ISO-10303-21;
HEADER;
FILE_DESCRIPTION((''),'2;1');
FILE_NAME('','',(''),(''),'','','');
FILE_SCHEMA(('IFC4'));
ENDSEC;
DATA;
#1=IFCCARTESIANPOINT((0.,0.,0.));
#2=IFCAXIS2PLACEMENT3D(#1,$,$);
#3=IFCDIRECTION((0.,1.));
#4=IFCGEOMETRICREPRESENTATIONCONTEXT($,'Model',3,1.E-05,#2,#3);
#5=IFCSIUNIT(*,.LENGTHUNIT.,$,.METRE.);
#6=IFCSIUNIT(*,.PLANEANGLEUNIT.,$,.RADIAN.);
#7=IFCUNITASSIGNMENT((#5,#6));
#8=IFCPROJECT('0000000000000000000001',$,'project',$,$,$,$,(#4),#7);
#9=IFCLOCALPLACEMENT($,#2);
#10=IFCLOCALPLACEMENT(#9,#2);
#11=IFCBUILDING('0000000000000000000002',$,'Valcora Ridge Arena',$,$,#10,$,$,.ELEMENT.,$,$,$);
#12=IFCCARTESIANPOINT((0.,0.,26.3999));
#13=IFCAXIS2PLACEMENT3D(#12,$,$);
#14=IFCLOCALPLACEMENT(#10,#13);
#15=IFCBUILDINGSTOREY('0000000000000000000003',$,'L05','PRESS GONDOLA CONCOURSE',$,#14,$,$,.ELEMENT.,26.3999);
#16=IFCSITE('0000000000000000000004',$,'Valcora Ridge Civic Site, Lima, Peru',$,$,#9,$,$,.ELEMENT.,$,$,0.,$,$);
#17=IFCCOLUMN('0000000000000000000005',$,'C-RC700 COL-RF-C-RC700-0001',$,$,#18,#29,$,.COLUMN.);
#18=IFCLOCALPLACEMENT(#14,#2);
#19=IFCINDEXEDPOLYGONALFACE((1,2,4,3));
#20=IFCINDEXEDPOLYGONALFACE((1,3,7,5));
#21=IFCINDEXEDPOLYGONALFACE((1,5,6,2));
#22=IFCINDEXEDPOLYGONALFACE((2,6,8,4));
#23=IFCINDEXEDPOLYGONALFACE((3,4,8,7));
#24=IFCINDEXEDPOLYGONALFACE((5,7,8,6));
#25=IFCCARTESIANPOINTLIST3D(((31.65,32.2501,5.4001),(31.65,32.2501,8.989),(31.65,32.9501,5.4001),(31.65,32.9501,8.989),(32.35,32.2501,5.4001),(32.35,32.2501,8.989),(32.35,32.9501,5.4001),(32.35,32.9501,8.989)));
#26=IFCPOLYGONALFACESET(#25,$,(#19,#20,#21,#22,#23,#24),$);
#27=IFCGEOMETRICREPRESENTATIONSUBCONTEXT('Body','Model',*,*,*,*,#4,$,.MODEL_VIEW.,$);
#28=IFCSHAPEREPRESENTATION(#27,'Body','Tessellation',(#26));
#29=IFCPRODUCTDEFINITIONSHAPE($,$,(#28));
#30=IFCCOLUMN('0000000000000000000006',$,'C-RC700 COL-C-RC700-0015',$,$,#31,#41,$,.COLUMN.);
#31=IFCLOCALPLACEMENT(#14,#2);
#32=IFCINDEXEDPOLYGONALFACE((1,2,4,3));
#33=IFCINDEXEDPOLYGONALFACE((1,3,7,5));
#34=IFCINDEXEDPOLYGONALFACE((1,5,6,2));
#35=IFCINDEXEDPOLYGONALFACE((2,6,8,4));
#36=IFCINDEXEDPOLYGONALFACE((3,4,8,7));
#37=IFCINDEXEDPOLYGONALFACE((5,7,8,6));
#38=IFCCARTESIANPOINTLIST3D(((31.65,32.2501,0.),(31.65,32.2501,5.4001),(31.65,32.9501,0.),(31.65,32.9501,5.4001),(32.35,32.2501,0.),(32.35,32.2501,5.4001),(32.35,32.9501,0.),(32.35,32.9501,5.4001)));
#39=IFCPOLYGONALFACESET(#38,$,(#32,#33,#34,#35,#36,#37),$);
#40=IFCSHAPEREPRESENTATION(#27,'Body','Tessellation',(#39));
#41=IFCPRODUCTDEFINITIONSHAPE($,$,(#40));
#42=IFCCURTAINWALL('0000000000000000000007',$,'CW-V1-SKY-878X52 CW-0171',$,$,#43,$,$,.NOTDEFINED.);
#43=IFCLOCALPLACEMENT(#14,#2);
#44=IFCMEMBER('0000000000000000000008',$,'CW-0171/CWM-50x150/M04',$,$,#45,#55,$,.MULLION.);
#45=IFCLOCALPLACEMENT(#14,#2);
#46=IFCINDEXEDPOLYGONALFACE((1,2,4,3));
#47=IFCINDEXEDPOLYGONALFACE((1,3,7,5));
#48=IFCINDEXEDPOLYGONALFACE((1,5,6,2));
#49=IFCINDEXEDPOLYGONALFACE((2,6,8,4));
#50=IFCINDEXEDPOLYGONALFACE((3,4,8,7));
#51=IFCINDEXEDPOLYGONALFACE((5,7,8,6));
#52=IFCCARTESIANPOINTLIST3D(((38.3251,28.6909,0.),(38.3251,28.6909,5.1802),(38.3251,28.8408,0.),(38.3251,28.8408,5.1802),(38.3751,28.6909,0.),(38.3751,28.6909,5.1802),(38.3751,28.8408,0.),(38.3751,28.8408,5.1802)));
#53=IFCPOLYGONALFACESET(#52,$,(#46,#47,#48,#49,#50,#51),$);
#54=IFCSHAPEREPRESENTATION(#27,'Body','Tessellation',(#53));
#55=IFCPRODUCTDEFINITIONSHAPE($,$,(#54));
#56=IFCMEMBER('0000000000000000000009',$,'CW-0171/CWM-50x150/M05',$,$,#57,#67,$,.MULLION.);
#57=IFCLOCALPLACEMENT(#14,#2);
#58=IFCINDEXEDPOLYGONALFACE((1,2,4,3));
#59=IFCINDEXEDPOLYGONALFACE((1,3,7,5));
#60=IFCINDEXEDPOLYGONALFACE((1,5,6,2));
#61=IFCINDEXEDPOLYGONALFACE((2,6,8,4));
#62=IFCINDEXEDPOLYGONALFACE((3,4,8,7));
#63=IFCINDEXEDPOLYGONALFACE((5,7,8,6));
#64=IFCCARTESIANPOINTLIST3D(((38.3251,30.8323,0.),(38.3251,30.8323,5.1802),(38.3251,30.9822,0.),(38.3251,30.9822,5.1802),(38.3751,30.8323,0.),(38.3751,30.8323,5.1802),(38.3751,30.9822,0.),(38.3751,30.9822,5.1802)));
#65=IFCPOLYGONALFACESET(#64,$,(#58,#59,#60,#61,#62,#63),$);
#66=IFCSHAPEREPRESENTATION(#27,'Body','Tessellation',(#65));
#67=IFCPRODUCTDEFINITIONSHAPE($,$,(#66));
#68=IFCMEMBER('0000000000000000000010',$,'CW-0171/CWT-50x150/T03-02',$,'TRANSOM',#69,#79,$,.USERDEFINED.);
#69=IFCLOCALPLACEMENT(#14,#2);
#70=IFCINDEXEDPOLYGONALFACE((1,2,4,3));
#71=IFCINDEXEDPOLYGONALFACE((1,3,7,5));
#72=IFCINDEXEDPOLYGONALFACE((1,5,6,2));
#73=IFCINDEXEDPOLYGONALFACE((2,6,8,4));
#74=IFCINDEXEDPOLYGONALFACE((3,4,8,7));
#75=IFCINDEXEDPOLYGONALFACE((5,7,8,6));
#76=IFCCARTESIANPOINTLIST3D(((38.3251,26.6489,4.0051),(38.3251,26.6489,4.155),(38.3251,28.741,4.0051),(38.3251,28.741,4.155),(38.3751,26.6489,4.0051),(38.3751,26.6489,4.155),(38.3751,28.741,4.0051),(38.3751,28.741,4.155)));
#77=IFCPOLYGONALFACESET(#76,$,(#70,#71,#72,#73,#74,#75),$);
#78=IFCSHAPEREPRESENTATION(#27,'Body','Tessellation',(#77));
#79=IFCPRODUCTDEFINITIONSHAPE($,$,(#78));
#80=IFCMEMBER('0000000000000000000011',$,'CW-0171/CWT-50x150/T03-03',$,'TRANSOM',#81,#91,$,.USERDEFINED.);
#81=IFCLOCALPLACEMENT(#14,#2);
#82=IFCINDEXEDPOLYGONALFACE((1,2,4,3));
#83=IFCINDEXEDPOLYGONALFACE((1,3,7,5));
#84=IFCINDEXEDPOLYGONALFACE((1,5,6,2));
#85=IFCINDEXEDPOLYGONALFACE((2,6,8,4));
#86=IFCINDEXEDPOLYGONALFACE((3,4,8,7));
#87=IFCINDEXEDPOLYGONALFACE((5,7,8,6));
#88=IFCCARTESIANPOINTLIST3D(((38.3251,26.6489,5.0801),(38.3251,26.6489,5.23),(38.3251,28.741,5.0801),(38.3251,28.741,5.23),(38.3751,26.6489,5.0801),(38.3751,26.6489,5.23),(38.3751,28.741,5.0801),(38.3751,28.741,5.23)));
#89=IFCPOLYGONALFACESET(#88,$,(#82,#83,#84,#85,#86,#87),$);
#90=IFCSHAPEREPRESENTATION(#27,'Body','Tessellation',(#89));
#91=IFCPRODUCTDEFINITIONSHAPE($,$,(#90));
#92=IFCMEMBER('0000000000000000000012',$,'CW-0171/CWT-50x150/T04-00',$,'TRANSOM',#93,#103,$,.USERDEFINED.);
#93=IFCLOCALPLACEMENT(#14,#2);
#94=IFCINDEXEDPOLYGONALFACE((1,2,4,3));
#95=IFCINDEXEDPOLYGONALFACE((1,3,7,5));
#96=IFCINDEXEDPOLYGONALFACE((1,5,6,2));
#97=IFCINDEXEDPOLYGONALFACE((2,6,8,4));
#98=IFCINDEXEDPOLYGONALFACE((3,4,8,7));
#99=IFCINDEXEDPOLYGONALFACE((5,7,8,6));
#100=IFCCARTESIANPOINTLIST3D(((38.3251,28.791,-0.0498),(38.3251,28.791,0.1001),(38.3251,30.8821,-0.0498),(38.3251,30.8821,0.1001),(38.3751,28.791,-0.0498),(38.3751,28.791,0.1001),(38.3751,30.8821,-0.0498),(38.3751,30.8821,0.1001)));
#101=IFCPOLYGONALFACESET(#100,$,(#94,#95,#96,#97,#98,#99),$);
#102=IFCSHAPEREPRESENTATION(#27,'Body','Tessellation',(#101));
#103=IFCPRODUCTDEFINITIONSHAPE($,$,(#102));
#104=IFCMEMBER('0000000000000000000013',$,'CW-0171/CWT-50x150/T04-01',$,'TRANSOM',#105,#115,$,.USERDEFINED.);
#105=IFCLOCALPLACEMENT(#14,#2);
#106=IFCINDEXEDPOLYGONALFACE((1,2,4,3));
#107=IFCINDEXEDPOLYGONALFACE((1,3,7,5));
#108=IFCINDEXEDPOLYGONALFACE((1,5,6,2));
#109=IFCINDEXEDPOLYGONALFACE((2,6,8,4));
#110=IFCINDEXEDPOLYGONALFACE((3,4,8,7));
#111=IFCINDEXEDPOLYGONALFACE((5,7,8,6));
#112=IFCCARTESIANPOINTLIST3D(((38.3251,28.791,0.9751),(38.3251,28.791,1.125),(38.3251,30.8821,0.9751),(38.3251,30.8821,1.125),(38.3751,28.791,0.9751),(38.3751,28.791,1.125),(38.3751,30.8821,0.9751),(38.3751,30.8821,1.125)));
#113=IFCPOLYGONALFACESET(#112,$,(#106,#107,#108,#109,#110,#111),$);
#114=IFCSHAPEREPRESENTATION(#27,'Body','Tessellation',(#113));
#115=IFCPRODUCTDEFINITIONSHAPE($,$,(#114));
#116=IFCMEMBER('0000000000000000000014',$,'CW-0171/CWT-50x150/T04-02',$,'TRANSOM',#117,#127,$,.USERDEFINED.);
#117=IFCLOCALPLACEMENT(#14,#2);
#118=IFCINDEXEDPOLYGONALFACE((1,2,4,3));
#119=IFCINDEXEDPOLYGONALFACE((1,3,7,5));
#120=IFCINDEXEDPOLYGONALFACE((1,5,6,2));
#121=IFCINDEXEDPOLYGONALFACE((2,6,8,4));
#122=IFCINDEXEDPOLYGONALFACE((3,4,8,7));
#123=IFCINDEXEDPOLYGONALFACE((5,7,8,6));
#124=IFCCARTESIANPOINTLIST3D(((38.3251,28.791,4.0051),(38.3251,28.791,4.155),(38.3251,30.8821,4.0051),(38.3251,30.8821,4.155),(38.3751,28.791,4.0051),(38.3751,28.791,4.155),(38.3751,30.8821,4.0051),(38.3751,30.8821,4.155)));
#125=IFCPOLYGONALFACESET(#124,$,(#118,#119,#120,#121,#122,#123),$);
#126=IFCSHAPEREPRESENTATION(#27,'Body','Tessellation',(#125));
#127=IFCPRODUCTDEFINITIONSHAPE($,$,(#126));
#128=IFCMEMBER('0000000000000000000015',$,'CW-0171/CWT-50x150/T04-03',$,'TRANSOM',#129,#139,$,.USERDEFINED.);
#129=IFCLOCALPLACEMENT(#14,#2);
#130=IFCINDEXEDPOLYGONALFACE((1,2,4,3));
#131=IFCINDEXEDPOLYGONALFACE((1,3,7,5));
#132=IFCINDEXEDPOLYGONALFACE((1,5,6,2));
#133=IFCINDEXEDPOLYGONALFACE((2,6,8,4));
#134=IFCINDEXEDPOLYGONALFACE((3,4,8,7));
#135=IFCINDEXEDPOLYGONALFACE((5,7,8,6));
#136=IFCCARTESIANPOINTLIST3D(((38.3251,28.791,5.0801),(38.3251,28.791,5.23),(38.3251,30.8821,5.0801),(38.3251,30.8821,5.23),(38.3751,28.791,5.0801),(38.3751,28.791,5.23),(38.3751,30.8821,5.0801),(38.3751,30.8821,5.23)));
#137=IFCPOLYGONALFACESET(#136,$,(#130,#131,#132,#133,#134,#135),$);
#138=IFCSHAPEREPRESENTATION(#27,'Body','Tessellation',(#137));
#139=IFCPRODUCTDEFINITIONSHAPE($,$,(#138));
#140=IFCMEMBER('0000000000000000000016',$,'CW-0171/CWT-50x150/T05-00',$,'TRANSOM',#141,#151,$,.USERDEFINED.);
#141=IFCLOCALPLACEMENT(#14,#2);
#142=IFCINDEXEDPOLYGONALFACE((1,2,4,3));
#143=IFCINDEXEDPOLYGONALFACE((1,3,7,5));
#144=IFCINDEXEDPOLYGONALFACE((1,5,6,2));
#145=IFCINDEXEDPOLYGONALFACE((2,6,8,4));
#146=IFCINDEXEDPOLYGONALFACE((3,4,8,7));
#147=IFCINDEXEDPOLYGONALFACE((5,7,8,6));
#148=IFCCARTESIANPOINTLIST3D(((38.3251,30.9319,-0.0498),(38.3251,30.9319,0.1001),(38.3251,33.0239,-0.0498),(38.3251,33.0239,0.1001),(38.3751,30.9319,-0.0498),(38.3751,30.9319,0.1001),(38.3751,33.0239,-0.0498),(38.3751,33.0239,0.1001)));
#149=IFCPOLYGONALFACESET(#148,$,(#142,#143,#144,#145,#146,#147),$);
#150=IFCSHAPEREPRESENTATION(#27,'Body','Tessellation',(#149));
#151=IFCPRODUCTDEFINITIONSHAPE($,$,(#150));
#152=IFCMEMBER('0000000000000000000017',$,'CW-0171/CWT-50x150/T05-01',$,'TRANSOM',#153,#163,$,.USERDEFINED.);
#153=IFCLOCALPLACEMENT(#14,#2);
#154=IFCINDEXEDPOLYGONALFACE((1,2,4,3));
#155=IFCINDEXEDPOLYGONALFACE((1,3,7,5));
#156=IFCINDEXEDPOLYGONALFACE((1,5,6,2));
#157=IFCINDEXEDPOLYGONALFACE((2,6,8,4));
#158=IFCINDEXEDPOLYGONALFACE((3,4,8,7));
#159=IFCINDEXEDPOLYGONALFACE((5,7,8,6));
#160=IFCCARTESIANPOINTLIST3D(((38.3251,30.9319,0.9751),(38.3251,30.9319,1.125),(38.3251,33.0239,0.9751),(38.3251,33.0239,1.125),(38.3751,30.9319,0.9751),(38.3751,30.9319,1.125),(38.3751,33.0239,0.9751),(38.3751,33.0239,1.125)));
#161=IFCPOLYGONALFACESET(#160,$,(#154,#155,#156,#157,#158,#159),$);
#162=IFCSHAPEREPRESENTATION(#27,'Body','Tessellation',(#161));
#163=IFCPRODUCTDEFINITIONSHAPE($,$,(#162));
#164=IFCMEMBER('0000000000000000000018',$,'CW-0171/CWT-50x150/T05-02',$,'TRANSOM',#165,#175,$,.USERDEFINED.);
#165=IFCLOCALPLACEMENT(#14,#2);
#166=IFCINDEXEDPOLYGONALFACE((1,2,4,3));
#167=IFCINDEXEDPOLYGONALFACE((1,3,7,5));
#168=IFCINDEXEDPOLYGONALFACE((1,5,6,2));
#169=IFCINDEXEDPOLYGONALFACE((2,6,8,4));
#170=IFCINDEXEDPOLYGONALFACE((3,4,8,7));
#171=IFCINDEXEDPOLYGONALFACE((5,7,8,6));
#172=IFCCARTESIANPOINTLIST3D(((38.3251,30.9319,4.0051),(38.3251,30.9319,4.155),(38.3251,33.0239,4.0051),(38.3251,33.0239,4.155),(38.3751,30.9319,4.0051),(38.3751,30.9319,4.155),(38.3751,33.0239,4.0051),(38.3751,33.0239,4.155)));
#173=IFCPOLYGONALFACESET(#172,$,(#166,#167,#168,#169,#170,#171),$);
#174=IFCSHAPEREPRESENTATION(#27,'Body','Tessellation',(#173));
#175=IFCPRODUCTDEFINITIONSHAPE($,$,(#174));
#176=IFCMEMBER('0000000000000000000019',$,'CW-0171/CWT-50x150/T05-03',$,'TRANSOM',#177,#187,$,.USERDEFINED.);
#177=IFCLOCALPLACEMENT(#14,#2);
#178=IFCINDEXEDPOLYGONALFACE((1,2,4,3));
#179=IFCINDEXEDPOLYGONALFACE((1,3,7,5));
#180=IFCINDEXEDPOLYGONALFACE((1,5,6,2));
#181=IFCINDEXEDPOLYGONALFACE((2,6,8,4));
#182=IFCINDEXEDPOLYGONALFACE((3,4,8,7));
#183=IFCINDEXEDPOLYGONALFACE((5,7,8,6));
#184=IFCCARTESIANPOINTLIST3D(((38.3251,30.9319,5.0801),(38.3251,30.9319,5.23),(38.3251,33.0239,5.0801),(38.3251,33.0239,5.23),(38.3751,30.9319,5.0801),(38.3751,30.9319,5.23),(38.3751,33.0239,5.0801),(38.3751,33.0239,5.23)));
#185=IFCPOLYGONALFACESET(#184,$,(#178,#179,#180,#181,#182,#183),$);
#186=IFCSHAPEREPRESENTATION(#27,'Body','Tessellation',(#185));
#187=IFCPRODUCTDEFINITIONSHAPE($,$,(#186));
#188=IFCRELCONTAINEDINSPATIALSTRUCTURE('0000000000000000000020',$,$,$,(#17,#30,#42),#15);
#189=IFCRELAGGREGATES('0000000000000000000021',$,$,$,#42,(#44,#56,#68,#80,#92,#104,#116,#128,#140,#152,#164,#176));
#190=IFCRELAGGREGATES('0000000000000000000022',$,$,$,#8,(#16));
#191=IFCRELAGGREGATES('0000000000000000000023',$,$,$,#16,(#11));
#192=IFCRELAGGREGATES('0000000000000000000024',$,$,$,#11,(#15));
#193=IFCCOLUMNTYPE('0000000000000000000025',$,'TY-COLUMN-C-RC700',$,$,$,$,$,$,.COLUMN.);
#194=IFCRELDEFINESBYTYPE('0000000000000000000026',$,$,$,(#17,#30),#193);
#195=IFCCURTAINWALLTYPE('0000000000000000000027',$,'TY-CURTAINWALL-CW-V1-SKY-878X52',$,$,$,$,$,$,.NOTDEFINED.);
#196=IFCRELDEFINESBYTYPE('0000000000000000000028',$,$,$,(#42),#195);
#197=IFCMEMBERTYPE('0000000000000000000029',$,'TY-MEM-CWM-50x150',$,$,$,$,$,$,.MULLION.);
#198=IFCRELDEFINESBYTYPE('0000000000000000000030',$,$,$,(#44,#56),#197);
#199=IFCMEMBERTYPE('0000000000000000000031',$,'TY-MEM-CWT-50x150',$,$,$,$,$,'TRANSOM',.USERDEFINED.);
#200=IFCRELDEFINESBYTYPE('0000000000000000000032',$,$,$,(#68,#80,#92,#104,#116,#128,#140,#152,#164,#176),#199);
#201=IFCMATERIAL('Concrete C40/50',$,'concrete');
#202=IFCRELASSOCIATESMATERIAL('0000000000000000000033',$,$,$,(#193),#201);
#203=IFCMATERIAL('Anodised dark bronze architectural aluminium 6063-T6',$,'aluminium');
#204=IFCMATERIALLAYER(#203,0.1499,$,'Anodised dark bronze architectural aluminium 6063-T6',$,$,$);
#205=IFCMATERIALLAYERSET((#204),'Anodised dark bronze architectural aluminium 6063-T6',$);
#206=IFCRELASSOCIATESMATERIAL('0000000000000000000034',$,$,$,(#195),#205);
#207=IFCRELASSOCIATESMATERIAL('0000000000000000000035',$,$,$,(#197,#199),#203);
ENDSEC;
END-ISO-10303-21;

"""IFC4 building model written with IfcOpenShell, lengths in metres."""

from ifc_helpers import new_model, si_unit, direction, frame, origin, origin_2d, place, context, subcontext, project, spatial, rectangle, extrude, material, layer, layer_set, material_profile, profile_set, type_object, element, aggregate, save


model = new_model("IFC4")

# Units and contexts
model_context = context("Model", 3, precision=1e-05, world=origin(), true_north=direction((0.0, 1.0)))
body_context = subcontext(model_context, "Body", "Model", "MODEL_VIEW")
ifc_project = project(units=[si_unit("LENGTHUNIT", "METRE"), si_unit("PLANEANGLEUNIT", "RADIAN")], contexts=[model_context])

# Site, building, storey
site_placement = place(None, origin())
site = spatial("IfcSite", under=ifc_project, at=site_placement, Name="Valcora Ridge Civic Site, Lima, Peru", CompositionType="ELEMENT", RefElevation=0.0)
building_placement = place(site_placement, origin())
building = spatial("IfcBuilding", under=site, at=building_placement, Name="Valcora Ridge Arena", CompositionType="ELEMENT")
storey_placement = place(building_placement, frame((0.0, 0.0, 26.3999)))
storey = spatial("IfcBuildingStorey", under=building, at=storey_placement, Name="L05", Description="PRESS GONDOLA CONCOURSE", CompositionType="ELEMENT", Elevation=26.3999)

# Columns
ifc_material_1 = material(Name="Concrete C40/50", Category="concrete")
ifc_material_profile_1 = material_profile(ifc_material_1, rectangle(XDim=0.7, YDim=0.7, at=origin_2d()), Name="RC 700x700")
ifc_profile_set_1 = profile_set([ifc_material_profile_1], Name="Concrete C40/50")
column_type = type_object("IfcColumnType", Name="TY-COLUMN-C-RC700", PredefinedType="COLUMN", material=ifc_profile_set_1)
column_1_placement = place(storey_placement, frame((32.0, 32.6001, 5.4001), z_axis=(0.0, 0.0, 1.0), x_axis=(1.0, 0.0, 0.0)))
element("IfcColumn", 1, at=column_1_placement, inside=storey, type_object=column_type, Name="C-RC700 COL-RF-C-RC700-0001", PredefinedType="COLUMN", context=body_context, shape_type="SweptSolid", body=[
    extrude(rectangle(XDim=0.7, YDim=0.7, at=origin_2d()), origin(), (0.0, 0.0, 1.0), 3.5889),
])
column_2_placement = place(storey_placement, frame((32.0, 32.6001, 0.0), z_axis=(0.0, 0.0, 1.0), x_axis=(1.0, 0.0, 0.0)))
element("IfcColumn", 2, at=column_2_placement, inside=storey, type_object=column_type, Name="C-RC700 COL-C-RC700-0015", PredefinedType="COLUMN", context=body_context, shape_type="SweptSolid", body=[
    extrude(rectangle(XDim=0.7, YDim=0.7, at=origin_2d()), origin(), (0.0, 0.0, 1.0), 5.4001),
])

# Curtain wall, members
ifc_material_2 = material(Name="Anodised dark bronze architectural aluminium 6063-T6", Category="aluminium")
ifc_layer_1 = layer(ifc_material_2, 0.1499, Name="Anodised dark bronze architectural aluminium 6063-T6")
ifc_layer_set_1 = layer_set([ifc_layer_1], Name="Anodised dark bronze architectural aluminium 6063-T6")
curtain_wall_type = type_object("IfcCurtainWallType", Name="TY-CURTAINWALL-CW-V1-SKY-878X52", PredefinedType="NOTDEFINED", material=ifc_layer_set_1)
curtain_wall_placement = place(storey_placement, origin())
curtain_wall = element("IfcCurtainWall", 3, at=curtain_wall_placement, inside=storey, type_object=curtain_wall_type, Name="CW-V1-SKY-878X52 CW-0171", PredefinedType="NOTDEFINED")
ifc_material_profile_2 = material_profile(ifc_material_2, rectangle(XDim=0.05, YDim=0.1499, at=origin_2d()), Name="ALU MULLION 50x150")
ifc_profile_set_2 = profile_set([ifc_material_profile_2], Name="Anodised dark bronze architectural aluminium 6063-T6")
member_type_1 = type_object("IfcMemberType", Name="TY-MEM-CWM-50x150", PredefinedType="MULLION", material=ifc_profile_set_2)
member_1_placement = place(storey_placement, frame((38.3501, 28.7659, 0.0), z_axis=(0.0, 0.0, 1.0), x_axis=(-1.0, 0.0, 0.0)))
member_1 = element("IfcMember", 4, at=member_1_placement, type_object=member_type_1, Name="CW-0171/CWM-50x150/M04", PredefinedType="MULLION", context=body_context, shape_type="SweptSolid", body=[
    extrude(rectangle(XDim=0.05, YDim=0.1499, at=origin_2d()), origin(), (0.0, 0.0, 1.0), 5.1802),
])
member_2_placement = place(storey_placement, frame((38.3501, 30.9072, 0.0), z_axis=(0.0, 0.0, 1.0), x_axis=(-1.0, 0.0, 0.0)))
member_2 = element("IfcMember", 5, at=member_2_placement, type_object=member_type_1, Name="CW-0171/CWM-50x150/M05", PredefinedType="MULLION", context=body_context, shape_type="SweptSolid", body=[
    extrude(rectangle(XDim=0.05, YDim=0.1499, at=origin_2d()), origin(), (0.0, 0.0, 1.0), 5.1802),
])
ifc_material_profile_3 = material_profile(ifc_material_2, rectangle(XDim=0.05, YDim=0.1499, at=origin_2d()), Name="ALU TRANSOM 50x150")
ifc_profile_set_3 = profile_set([ifc_material_profile_3], Name="Anodised dark bronze architectural aluminium 6063-T6")
member_type_2 = type_object("IfcMemberType", Name="TY-MEM-CWT-50x150", ElementType="TRANSOM", PredefinedType="USERDEFINED", material=ifc_profile_set_3)
member_3_placement = place(storey_placement, frame((38.3501, 26.6489, 4.0801), z_axis=(0.0, 1.0, 0.0), x_axis=(-1.0, 0.0, 0.0)))
member_3 = element("IfcMember", 6, at=member_3_placement, type_object=member_type_2, Name="CW-0171/CWT-50x150/T03-02", ObjectType="TRANSOM", PredefinedType="USERDEFINED", context=body_context, shape_type="SweptSolid", body=[
    extrude(rectangle(XDim=0.05, YDim=0.1499, at=origin_2d()), origin(), (0.0, 0.0, 1.0), 2.092),
])
member_4_placement = place(storey_placement, frame((38.3501, 26.6489, 5.155), z_axis=(0.0, 1.0, 0.0), x_axis=(-1.0, 0.0, 0.0)))
member_4 = element("IfcMember", 7, at=member_4_placement, type_object=member_type_2, Name="CW-0171/CWT-50x150/T03-03", ObjectType="TRANSOM", PredefinedType="USERDEFINED", context=body_context, shape_type="SweptSolid", body=[
    extrude(rectangle(XDim=0.05, YDim=0.1499, at=origin_2d()), origin(), (0.0, 0.0, 1.0), 2.092),
])
member_5_placement = place(storey_placement, frame((38.3501, 28.791, 0.0251), z_axis=(0.0, 1.0, 0.0), x_axis=(-1.0, 0.0, 0.0)))
member_5 = element("IfcMember", 8, at=member_5_placement, type_object=member_type_2, Name="CW-0171/CWT-50x150/T04-00", ObjectType="TRANSOM", PredefinedType="USERDEFINED", context=body_context, shape_type="SweptSolid", body=[
    extrude(rectangle(XDim=0.05, YDim=0.1499, at=origin_2d()), origin(), (0.0, 0.0, 1.0), 2.0911),
])
member_6_placement = place(storey_placement, frame((38.3501, 28.791, 1.05), z_axis=(0.0, 1.0, 0.0), x_axis=(-1.0, 0.0, 0.0)))
member_6 = element("IfcMember", 9, at=member_6_placement, type_object=member_type_2, Name="CW-0171/CWT-50x150/T04-01", ObjectType="TRANSOM", PredefinedType="USERDEFINED", context=body_context, shape_type="SweptSolid", body=[
    extrude(rectangle(XDim=0.05, YDim=0.1499, at=origin_2d()), origin(), (0.0, 0.0, 1.0), 2.0911),
])
member_7_placement = place(storey_placement, frame((38.3501, 28.791, 4.0801), z_axis=(0.0, 1.0, 0.0), x_axis=(-1.0, 0.0, 0.0)))
member_7 = element("IfcMember", 10, at=member_7_placement, type_object=member_type_2, Name="CW-0171/CWT-50x150/T04-02", ObjectType="TRANSOM", PredefinedType="USERDEFINED", context=body_context, shape_type="SweptSolid", body=[
    extrude(rectangle(XDim=0.05, YDim=0.1499, at=origin_2d()), origin(), (0.0, 0.0, 1.0), 2.0911),
])
member_8_placement = place(storey_placement, frame((38.3501, 28.791, 5.155), z_axis=(0.0, 1.0, 0.0), x_axis=(-1.0, 0.0, 0.0)))
member_8 = element("IfcMember", 11, at=member_8_placement, type_object=member_type_2, Name="CW-0171/CWT-50x150/T04-03", ObjectType="TRANSOM", PredefinedType="USERDEFINED", context=body_context, shape_type="SweptSolid", body=[
    extrude(rectangle(XDim=0.05, YDim=0.1499, at=origin_2d()), origin(), (0.0, 0.0, 1.0), 2.0911),
])
member_9_placement = place(storey_placement, frame((38.3501, 30.9319, 0.0251), z_axis=(0.0, 1.0, 0.0), x_axis=(-1.0, 0.0, 0.0)))
member_9 = element("IfcMember", 12, at=member_9_placement, type_object=member_type_2, Name="CW-0171/CWT-50x150/T05-00", ObjectType="TRANSOM", PredefinedType="USERDEFINED", context=body_context, shape_type="SweptSolid", body=[
    extrude(rectangle(XDim=0.05, YDim=0.1499, at=origin_2d()), origin(), (0.0, 0.0, 1.0), 2.092),
])
member_10_placement = place(storey_placement, frame((38.3501, 30.9319, 1.05), z_axis=(0.0, 1.0, 0.0), x_axis=(-1.0, 0.0, 0.0)))
member_10 = element("IfcMember", 13, at=member_10_placement, type_object=member_type_2, Name="CW-0171/CWT-50x150/T05-01", ObjectType="TRANSOM", PredefinedType="USERDEFINED", context=body_context, shape_type="SweptSolid", body=[
    extrude(rectangle(XDim=0.05, YDim=0.1499, at=origin_2d()), origin(), (0.0, 0.0, 1.0), 2.092),
])
member_11_placement = place(storey_placement, frame((38.3501, 30.9319, 4.0801), z_axis=(0.0, 1.0, 0.0), x_axis=(-1.0, 0.0, 0.0)))
member_11 = element("IfcMember", 14, at=member_11_placement, type_object=member_type_2, Name="CW-0171/CWT-50x150/T05-02", ObjectType="TRANSOM", PredefinedType="USERDEFINED", context=body_context, shape_type="SweptSolid", body=[
    extrude(rectangle(XDim=0.05, YDim=0.1499, at=origin_2d()), origin(), (0.0, 0.0, 1.0), 2.092),
])
member_12_placement = place(storey_placement, frame((38.3501, 30.9319, 5.155), z_axis=(0.0, 1.0, 0.0), x_axis=(-1.0, 0.0, 0.0)))
member_12 = element("IfcMember", 15, at=member_12_placement, type_object=member_type_2, Name="CW-0171/CWT-50x150/T05-03", ObjectType="TRANSOM", PredefinedType="USERDEFINED", context=body_context, shape_type="SweptSolid", body=[
    extrude(rectangle(XDim=0.05, YDim=0.1499, at=origin_2d()), origin(), (0.0, 0.0, 1.0), 2.092),
])

aggregate(curtain_wall, [member_1, member_2, member_3, member_4, member_5, member_6, member_7, member_8, member_9, member_10, member_11, member_12])

save(model, "model.ifc")
